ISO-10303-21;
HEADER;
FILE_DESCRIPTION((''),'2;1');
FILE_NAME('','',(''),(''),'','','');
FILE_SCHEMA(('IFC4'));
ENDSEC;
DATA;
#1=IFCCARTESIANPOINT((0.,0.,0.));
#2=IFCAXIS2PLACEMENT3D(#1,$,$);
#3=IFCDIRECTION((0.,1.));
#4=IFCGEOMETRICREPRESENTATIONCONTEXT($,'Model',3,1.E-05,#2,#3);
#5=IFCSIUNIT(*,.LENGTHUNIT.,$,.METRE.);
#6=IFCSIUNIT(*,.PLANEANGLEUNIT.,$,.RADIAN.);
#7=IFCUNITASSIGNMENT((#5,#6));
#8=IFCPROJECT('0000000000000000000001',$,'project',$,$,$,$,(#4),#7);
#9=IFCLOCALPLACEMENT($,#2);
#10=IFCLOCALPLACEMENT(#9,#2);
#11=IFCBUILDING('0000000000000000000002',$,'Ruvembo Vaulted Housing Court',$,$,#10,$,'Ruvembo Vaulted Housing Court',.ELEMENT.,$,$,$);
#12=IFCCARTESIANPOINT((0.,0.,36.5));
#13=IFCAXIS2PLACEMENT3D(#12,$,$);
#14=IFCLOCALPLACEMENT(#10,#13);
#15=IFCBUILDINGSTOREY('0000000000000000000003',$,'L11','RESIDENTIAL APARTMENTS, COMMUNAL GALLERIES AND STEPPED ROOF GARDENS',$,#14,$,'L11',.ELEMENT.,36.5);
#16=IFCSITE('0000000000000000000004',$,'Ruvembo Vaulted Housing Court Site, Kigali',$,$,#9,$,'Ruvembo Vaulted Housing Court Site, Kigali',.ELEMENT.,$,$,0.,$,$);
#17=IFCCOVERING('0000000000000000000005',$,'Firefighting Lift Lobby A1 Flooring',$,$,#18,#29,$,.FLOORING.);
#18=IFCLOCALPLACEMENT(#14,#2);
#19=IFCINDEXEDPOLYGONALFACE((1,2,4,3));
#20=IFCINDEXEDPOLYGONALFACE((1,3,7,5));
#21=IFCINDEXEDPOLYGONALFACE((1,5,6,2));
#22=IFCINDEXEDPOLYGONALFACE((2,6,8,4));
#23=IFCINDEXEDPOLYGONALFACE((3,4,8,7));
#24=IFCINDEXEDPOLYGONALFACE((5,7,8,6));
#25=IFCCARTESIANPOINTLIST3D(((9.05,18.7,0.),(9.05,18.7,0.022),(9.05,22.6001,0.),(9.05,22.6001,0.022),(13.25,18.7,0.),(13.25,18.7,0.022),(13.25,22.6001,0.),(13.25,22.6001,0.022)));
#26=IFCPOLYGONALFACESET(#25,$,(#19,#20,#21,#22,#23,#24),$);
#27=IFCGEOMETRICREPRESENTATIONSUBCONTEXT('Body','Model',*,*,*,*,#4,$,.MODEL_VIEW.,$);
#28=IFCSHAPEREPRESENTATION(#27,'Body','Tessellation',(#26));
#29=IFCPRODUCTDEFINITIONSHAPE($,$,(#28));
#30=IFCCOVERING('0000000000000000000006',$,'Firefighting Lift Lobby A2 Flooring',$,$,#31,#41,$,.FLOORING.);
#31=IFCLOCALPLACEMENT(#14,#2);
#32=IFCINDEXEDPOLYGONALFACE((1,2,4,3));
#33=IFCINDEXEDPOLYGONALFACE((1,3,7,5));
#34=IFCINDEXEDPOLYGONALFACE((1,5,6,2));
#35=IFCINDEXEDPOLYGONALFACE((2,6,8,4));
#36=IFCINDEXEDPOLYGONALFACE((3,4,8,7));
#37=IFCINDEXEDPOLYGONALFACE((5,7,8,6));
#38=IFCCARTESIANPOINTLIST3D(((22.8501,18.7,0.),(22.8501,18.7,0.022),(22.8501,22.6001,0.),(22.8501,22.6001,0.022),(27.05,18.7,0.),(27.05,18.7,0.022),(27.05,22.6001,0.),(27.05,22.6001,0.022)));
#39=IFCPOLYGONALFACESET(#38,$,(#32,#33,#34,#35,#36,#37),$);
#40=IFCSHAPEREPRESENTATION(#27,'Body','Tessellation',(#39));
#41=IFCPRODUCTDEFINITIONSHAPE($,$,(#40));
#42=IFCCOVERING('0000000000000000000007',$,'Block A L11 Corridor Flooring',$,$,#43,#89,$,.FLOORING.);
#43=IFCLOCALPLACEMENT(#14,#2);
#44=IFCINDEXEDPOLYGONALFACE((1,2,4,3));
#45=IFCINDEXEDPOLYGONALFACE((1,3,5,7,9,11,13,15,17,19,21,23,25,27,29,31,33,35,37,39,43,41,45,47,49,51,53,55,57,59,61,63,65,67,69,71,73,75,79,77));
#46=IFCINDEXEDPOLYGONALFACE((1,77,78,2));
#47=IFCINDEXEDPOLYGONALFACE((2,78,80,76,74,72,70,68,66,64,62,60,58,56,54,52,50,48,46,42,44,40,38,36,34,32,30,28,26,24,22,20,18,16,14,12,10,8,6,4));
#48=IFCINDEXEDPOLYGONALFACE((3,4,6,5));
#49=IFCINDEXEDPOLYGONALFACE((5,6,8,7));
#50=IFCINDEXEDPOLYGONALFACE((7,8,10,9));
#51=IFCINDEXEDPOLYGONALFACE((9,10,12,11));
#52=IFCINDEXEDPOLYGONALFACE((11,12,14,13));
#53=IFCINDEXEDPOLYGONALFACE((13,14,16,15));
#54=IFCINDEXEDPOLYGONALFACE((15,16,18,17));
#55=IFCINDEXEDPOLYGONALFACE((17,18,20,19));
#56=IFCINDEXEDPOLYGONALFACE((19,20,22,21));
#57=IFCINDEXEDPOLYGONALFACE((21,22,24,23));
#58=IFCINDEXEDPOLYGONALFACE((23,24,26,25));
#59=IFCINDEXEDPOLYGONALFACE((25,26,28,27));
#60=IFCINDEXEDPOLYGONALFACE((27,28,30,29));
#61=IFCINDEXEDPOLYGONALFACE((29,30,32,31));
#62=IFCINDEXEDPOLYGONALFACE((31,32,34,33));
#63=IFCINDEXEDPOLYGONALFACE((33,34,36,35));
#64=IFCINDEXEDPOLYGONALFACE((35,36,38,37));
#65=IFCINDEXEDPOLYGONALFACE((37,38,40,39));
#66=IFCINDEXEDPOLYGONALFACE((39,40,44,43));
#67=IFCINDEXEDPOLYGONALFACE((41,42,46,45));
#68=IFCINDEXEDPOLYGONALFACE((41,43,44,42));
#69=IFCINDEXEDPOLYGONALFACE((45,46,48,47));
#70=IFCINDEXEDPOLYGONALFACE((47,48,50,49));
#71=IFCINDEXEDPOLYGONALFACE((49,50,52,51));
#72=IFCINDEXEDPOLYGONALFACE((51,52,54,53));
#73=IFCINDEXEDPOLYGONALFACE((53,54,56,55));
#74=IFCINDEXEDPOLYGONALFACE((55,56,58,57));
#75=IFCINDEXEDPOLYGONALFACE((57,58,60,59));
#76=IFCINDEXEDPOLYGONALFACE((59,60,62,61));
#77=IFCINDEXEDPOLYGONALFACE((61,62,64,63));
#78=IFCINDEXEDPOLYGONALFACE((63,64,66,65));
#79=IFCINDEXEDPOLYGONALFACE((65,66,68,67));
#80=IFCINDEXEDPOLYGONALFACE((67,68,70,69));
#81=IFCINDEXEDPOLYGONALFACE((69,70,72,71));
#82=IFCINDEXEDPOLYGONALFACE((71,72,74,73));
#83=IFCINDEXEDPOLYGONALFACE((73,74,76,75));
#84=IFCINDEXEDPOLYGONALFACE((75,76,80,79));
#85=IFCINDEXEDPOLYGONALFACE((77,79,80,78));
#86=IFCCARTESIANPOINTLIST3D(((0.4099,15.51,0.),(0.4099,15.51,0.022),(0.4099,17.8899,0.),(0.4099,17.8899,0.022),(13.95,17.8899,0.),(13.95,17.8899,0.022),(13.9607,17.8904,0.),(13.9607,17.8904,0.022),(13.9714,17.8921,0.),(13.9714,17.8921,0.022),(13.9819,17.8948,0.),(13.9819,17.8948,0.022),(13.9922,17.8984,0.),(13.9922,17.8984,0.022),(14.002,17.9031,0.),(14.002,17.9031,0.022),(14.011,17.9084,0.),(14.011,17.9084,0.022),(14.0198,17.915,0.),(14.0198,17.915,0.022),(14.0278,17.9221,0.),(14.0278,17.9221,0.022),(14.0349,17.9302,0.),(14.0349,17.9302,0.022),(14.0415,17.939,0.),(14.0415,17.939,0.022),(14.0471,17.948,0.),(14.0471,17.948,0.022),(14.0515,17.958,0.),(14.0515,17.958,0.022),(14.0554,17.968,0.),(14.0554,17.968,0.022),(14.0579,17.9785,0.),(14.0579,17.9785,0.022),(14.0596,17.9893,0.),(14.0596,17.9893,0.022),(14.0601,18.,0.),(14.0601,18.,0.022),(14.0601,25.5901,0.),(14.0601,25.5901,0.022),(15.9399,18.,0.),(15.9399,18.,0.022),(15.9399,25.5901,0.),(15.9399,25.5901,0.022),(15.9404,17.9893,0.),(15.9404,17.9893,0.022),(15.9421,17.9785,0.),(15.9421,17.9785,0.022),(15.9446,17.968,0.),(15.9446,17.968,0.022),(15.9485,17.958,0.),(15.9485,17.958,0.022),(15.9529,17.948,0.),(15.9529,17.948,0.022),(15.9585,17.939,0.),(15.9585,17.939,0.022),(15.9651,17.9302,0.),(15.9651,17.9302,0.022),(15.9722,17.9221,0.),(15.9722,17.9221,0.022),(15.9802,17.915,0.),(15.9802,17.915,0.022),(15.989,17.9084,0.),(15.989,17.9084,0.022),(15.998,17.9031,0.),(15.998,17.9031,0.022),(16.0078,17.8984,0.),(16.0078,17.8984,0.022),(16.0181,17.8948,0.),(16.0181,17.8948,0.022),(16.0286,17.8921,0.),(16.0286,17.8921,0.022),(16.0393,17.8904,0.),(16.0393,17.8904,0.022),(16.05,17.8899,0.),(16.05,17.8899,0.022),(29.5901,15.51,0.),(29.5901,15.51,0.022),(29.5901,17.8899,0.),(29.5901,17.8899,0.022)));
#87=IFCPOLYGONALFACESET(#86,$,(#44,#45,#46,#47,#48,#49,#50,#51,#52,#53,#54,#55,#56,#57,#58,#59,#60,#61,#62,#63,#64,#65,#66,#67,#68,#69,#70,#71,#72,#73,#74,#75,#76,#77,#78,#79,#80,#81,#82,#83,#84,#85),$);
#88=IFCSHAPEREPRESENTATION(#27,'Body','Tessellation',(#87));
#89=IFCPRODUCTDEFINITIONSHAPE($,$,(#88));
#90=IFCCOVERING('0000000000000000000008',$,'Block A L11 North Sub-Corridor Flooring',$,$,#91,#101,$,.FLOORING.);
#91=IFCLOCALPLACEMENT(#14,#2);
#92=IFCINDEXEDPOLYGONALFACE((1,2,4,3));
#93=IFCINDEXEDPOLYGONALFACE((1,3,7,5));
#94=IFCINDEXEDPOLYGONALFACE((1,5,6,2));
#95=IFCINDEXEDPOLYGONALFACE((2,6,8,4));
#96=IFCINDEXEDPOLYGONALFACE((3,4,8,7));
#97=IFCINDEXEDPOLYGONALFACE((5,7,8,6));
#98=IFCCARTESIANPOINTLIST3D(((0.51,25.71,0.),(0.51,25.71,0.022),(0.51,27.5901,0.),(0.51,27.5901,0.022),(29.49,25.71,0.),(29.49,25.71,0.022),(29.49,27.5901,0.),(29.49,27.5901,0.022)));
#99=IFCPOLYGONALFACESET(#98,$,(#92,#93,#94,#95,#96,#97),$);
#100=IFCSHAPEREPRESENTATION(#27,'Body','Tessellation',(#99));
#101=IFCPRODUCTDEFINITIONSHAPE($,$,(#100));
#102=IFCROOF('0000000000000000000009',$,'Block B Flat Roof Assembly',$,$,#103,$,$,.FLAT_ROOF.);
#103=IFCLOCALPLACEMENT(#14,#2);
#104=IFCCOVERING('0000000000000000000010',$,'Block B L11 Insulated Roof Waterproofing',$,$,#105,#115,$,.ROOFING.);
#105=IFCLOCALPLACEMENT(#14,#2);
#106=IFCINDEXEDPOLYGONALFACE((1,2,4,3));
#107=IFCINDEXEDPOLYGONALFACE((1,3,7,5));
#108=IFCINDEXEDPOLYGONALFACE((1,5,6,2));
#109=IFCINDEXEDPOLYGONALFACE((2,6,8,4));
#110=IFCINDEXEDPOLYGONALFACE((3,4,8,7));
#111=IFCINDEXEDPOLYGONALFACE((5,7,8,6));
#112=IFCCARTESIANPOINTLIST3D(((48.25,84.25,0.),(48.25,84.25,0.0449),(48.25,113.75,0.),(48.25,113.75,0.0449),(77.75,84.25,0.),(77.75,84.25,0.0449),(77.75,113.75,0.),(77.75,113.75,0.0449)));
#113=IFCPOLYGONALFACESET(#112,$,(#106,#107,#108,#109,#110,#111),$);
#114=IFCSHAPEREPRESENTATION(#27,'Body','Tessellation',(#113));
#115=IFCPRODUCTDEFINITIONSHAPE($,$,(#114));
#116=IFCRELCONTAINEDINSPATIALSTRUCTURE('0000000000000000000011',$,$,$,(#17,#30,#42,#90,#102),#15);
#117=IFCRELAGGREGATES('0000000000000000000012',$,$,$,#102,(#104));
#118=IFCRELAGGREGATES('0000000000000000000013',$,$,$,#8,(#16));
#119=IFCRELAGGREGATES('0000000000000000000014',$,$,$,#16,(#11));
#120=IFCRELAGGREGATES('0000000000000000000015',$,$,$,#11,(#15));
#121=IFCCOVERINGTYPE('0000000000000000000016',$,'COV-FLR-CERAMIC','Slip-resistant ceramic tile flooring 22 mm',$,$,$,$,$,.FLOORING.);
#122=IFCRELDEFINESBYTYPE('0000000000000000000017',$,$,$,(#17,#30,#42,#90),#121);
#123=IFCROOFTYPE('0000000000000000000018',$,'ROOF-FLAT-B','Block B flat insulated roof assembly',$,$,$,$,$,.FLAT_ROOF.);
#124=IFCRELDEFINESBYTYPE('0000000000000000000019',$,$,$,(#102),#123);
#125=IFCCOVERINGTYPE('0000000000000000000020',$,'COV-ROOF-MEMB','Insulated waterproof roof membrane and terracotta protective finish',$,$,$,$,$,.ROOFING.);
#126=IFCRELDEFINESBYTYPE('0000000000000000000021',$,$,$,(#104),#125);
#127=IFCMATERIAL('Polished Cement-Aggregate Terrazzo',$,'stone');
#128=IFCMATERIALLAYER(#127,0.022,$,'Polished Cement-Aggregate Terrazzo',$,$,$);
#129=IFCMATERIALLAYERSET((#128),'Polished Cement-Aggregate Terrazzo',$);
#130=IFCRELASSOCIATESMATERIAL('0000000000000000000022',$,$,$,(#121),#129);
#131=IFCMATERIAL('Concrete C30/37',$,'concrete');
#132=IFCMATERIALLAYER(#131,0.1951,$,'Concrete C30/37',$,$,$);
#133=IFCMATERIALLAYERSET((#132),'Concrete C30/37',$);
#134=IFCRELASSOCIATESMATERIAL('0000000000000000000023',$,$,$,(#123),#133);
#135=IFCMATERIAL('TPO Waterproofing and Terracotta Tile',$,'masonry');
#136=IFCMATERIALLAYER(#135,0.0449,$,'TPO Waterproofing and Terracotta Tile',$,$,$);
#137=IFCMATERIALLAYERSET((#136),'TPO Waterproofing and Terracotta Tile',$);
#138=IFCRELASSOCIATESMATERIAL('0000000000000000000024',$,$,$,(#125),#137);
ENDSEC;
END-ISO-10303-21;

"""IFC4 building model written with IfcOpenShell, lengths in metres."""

from ifc_helpers import new_model, si_unit, direction, frame, origin, place, context, subcontext, project, spatial, polyline, outline, extrude, material, layer, layer_set, type_object, element, aggregate, save


model = new_model("IFC4")

# Units and contexts
model_context = context("Model", 3, precision=1e-05, world=origin(), true_north=direction((0.0, 1.0)))
body_context = subcontext(model_context, "Body", "Model", "MODEL_VIEW")
ifc_project = project(units=[si_unit("LENGTHUNIT", "METRE"), si_unit("PLANEANGLEUNIT", "RADIAN")], contexts=[model_context])

# Site, building, storey
site_placement = place(None, origin())
site = spatial("IfcSite", under=ifc_project, at=site_placement, Name="Ruvembo Vaulted Housing Court Site, Kigali", LongName="Ruvembo Vaulted Housing Court Site, Kigali", CompositionType="ELEMENT", RefElevation=0.0)
building_placement = place(site_placement, origin())
building = spatial("IfcBuilding", under=site, at=building_placement, Name="Ruvembo Vaulted Housing Court", LongName="Ruvembo Vaulted Housing Court", CompositionType="ELEMENT")
storey_placement = place(building_placement, frame((0.0, 0.0, 36.5)))
storey = spatial("IfcBuildingStorey", under=building, at=storey_placement, Name="L11", Description="RESIDENTIAL APARTMENTS, COMMUNAL GALLERIES AND STEPPED ROOF GARDENS", LongName="L11", CompositionType="ELEMENT", Elevation=36.5)

# Shared definitions
ifc_material_1 = material(Name="Concrete C30/37", Category="concrete")

# Coverings
ifc_material_2 = material(Name="Polished Cement-Aggregate Terrazzo", Category="stone")
ifc_layer_1 = layer(ifc_material_2, 0.022, Name="Polished Cement-Aggregate Terrazzo")
ifc_layer_set_1 = layer_set([ifc_layer_1], Name="Polished Cement-Aggregate Terrazzo")
covering_type_1 = type_object("IfcCoveringType", Name="COV-FLR-CERAMIC", Description="Slip-resistant ceramic tile flooring 22 mm", PredefinedType="FLOORING", material=ifc_layer_set_1)
covering_1_placement = place(storey_placement, origin())
element("IfcCovering", 1, at=covering_1_placement, inside=storey, type_object=covering_type_1, Name="Firefighting Lift Lobby A1 Flooring", PredefinedType="FLOORING", context=body_context, shape_type="SweptSolid", body=[
    extrude(outline(polyline([(13.25, 22.6001), (9.05, 22.6001), (9.05, 18.7), (13.25, 18.7), (13.25, 22.6001)])), origin(), (0.0, 0.0, 1.0), 0.022),
])
covering_2_placement = place(storey_placement, origin())
element("IfcCovering", 2, at=covering_2_placement, inside=storey, type_object=covering_type_1, Name="Firefighting Lift Lobby A2 Flooring", PredefinedType="FLOORING", context=body_context, shape_type="SweptSolid", body=[
    extrude(outline(polyline([(27.05, 22.6001), (22.8501, 22.6001), (22.8501, 18.7), (27.05, 18.7), (27.05, 22.6001)])), origin(), (0.0, 0.0, 1.0), 0.022),
])
covering_3_placement = place(storey_placement, origin())
element("IfcCovering", 3, at=covering_3_placement, inside=storey, type_object=covering_type_1, Name="Block A L11 Corridor Flooring", PredefinedType="FLOORING", context=body_context, shape_type="SweptSolid", body=[
    extrude(outline(polyline([(29.5901, 15.51), (29.5901, 17.8899), (16.05, 17.8899), (16.0393, 17.8904), (16.0286, 17.8921), (16.0181, 17.8948), (16.0078, 17.8984), (15.998, 17.9031), (15.989, 17.9084), (15.9802, 17.915), (15.9722, 17.9221), (15.9651, 17.9302), (15.9585, 17.939), (15.9529, 17.948), (15.9485, 17.958), (15.9446, 17.968), (15.9421, 17.9785), (15.9404, 17.9893), (15.9399, 18.0), (15.9399, 25.5901), (14.0601, 25.5901), (14.0601, 18.0), (14.0596, 17.9893), (14.0579, 17.9785), (14.0554, 17.968), (14.0515, 17.958), (14.0471, 17.948), (14.0415, 17.939), (14.0349, 17.9302), (14.0278, 17.9221), (14.0198, 17.915), (14.011, 17.9084), (14.002, 17.9031), (13.9922, 17.8984), (13.9819, 17.8948), (13.9714, 17.8921), (13.9607, 17.8904), (13.95, 17.8899), (0.4099, 17.8899), (0.4099, 15.51), (29.5901, 15.51)])), origin(), (0.0, 0.0, 1.0), 0.022),
])
covering_4_placement = place(storey_placement, origin())
element("IfcCovering", 4, at=covering_4_placement, inside=storey, type_object=covering_type_1, Name="Block A L11 North Sub-Corridor Flooring", PredefinedType="FLOORING", context=body_context, shape_type="SweptSolid", body=[
    extrude(outline(polyline([(0.51, 25.71), (29.49, 25.71), (29.49, 27.5901), (0.51, 27.5901), (0.51, 25.71)])), origin(), (0.0, 0.0, 1.0), 0.022),
])

# Roof, covering
ifc_layer_2 = layer(ifc_material_1, 0.1951, Name="Concrete C30/37")
ifc_layer_set_2 = layer_set([ifc_layer_2], Name="Concrete C30/37")
roof_type = type_object("IfcRoofType", Name="ROOF-FLAT-B", Description="Block B flat insulated roof assembly", PredefinedType="FLAT_ROOF", material=ifc_layer_set_2)
roof_placement = place(storey_placement, origin())
roof = element("IfcRoof", 5, at=roof_placement, inside=storey, type_object=roof_type, Name="Block B Flat Roof Assembly", PredefinedType="FLAT_ROOF")
ifc_material_3 = material(Name="TPO Waterproofing and Terracotta Tile", Category="masonry")
ifc_layer_3 = layer(ifc_material_3, 0.0449, Name="TPO Waterproofing and Terracotta Tile")
ifc_layer_set_3 = layer_set([ifc_layer_3], Name="TPO Waterproofing and Terracotta Tile")
covering_type_2 = type_object("IfcCoveringType", Name="COV-ROOF-MEMB", Description="Insulated waterproof roof membrane and terracotta protective finish", PredefinedType="ROOFING", material=ifc_layer_set_3)
covering_5_placement = place(storey_placement, origin())
covering_5 = element("IfcCovering", 6, at=covering_5_placement, type_object=covering_type_2, Name="Block B L11 Insulated Roof Waterproofing", PredefinedType="ROOFING", context=body_context, shape_type="SweptSolid", body=[
    extrude(outline(polyline([(48.25, 84.25), (77.75, 84.25), (77.75, 113.75), (48.25, 113.75), (48.25, 84.25)])), origin(), (0.0, 0.0, 1.0), 0.0449),
])
aggregate(roof, [covering_5])

save(model, "model.ifc")
